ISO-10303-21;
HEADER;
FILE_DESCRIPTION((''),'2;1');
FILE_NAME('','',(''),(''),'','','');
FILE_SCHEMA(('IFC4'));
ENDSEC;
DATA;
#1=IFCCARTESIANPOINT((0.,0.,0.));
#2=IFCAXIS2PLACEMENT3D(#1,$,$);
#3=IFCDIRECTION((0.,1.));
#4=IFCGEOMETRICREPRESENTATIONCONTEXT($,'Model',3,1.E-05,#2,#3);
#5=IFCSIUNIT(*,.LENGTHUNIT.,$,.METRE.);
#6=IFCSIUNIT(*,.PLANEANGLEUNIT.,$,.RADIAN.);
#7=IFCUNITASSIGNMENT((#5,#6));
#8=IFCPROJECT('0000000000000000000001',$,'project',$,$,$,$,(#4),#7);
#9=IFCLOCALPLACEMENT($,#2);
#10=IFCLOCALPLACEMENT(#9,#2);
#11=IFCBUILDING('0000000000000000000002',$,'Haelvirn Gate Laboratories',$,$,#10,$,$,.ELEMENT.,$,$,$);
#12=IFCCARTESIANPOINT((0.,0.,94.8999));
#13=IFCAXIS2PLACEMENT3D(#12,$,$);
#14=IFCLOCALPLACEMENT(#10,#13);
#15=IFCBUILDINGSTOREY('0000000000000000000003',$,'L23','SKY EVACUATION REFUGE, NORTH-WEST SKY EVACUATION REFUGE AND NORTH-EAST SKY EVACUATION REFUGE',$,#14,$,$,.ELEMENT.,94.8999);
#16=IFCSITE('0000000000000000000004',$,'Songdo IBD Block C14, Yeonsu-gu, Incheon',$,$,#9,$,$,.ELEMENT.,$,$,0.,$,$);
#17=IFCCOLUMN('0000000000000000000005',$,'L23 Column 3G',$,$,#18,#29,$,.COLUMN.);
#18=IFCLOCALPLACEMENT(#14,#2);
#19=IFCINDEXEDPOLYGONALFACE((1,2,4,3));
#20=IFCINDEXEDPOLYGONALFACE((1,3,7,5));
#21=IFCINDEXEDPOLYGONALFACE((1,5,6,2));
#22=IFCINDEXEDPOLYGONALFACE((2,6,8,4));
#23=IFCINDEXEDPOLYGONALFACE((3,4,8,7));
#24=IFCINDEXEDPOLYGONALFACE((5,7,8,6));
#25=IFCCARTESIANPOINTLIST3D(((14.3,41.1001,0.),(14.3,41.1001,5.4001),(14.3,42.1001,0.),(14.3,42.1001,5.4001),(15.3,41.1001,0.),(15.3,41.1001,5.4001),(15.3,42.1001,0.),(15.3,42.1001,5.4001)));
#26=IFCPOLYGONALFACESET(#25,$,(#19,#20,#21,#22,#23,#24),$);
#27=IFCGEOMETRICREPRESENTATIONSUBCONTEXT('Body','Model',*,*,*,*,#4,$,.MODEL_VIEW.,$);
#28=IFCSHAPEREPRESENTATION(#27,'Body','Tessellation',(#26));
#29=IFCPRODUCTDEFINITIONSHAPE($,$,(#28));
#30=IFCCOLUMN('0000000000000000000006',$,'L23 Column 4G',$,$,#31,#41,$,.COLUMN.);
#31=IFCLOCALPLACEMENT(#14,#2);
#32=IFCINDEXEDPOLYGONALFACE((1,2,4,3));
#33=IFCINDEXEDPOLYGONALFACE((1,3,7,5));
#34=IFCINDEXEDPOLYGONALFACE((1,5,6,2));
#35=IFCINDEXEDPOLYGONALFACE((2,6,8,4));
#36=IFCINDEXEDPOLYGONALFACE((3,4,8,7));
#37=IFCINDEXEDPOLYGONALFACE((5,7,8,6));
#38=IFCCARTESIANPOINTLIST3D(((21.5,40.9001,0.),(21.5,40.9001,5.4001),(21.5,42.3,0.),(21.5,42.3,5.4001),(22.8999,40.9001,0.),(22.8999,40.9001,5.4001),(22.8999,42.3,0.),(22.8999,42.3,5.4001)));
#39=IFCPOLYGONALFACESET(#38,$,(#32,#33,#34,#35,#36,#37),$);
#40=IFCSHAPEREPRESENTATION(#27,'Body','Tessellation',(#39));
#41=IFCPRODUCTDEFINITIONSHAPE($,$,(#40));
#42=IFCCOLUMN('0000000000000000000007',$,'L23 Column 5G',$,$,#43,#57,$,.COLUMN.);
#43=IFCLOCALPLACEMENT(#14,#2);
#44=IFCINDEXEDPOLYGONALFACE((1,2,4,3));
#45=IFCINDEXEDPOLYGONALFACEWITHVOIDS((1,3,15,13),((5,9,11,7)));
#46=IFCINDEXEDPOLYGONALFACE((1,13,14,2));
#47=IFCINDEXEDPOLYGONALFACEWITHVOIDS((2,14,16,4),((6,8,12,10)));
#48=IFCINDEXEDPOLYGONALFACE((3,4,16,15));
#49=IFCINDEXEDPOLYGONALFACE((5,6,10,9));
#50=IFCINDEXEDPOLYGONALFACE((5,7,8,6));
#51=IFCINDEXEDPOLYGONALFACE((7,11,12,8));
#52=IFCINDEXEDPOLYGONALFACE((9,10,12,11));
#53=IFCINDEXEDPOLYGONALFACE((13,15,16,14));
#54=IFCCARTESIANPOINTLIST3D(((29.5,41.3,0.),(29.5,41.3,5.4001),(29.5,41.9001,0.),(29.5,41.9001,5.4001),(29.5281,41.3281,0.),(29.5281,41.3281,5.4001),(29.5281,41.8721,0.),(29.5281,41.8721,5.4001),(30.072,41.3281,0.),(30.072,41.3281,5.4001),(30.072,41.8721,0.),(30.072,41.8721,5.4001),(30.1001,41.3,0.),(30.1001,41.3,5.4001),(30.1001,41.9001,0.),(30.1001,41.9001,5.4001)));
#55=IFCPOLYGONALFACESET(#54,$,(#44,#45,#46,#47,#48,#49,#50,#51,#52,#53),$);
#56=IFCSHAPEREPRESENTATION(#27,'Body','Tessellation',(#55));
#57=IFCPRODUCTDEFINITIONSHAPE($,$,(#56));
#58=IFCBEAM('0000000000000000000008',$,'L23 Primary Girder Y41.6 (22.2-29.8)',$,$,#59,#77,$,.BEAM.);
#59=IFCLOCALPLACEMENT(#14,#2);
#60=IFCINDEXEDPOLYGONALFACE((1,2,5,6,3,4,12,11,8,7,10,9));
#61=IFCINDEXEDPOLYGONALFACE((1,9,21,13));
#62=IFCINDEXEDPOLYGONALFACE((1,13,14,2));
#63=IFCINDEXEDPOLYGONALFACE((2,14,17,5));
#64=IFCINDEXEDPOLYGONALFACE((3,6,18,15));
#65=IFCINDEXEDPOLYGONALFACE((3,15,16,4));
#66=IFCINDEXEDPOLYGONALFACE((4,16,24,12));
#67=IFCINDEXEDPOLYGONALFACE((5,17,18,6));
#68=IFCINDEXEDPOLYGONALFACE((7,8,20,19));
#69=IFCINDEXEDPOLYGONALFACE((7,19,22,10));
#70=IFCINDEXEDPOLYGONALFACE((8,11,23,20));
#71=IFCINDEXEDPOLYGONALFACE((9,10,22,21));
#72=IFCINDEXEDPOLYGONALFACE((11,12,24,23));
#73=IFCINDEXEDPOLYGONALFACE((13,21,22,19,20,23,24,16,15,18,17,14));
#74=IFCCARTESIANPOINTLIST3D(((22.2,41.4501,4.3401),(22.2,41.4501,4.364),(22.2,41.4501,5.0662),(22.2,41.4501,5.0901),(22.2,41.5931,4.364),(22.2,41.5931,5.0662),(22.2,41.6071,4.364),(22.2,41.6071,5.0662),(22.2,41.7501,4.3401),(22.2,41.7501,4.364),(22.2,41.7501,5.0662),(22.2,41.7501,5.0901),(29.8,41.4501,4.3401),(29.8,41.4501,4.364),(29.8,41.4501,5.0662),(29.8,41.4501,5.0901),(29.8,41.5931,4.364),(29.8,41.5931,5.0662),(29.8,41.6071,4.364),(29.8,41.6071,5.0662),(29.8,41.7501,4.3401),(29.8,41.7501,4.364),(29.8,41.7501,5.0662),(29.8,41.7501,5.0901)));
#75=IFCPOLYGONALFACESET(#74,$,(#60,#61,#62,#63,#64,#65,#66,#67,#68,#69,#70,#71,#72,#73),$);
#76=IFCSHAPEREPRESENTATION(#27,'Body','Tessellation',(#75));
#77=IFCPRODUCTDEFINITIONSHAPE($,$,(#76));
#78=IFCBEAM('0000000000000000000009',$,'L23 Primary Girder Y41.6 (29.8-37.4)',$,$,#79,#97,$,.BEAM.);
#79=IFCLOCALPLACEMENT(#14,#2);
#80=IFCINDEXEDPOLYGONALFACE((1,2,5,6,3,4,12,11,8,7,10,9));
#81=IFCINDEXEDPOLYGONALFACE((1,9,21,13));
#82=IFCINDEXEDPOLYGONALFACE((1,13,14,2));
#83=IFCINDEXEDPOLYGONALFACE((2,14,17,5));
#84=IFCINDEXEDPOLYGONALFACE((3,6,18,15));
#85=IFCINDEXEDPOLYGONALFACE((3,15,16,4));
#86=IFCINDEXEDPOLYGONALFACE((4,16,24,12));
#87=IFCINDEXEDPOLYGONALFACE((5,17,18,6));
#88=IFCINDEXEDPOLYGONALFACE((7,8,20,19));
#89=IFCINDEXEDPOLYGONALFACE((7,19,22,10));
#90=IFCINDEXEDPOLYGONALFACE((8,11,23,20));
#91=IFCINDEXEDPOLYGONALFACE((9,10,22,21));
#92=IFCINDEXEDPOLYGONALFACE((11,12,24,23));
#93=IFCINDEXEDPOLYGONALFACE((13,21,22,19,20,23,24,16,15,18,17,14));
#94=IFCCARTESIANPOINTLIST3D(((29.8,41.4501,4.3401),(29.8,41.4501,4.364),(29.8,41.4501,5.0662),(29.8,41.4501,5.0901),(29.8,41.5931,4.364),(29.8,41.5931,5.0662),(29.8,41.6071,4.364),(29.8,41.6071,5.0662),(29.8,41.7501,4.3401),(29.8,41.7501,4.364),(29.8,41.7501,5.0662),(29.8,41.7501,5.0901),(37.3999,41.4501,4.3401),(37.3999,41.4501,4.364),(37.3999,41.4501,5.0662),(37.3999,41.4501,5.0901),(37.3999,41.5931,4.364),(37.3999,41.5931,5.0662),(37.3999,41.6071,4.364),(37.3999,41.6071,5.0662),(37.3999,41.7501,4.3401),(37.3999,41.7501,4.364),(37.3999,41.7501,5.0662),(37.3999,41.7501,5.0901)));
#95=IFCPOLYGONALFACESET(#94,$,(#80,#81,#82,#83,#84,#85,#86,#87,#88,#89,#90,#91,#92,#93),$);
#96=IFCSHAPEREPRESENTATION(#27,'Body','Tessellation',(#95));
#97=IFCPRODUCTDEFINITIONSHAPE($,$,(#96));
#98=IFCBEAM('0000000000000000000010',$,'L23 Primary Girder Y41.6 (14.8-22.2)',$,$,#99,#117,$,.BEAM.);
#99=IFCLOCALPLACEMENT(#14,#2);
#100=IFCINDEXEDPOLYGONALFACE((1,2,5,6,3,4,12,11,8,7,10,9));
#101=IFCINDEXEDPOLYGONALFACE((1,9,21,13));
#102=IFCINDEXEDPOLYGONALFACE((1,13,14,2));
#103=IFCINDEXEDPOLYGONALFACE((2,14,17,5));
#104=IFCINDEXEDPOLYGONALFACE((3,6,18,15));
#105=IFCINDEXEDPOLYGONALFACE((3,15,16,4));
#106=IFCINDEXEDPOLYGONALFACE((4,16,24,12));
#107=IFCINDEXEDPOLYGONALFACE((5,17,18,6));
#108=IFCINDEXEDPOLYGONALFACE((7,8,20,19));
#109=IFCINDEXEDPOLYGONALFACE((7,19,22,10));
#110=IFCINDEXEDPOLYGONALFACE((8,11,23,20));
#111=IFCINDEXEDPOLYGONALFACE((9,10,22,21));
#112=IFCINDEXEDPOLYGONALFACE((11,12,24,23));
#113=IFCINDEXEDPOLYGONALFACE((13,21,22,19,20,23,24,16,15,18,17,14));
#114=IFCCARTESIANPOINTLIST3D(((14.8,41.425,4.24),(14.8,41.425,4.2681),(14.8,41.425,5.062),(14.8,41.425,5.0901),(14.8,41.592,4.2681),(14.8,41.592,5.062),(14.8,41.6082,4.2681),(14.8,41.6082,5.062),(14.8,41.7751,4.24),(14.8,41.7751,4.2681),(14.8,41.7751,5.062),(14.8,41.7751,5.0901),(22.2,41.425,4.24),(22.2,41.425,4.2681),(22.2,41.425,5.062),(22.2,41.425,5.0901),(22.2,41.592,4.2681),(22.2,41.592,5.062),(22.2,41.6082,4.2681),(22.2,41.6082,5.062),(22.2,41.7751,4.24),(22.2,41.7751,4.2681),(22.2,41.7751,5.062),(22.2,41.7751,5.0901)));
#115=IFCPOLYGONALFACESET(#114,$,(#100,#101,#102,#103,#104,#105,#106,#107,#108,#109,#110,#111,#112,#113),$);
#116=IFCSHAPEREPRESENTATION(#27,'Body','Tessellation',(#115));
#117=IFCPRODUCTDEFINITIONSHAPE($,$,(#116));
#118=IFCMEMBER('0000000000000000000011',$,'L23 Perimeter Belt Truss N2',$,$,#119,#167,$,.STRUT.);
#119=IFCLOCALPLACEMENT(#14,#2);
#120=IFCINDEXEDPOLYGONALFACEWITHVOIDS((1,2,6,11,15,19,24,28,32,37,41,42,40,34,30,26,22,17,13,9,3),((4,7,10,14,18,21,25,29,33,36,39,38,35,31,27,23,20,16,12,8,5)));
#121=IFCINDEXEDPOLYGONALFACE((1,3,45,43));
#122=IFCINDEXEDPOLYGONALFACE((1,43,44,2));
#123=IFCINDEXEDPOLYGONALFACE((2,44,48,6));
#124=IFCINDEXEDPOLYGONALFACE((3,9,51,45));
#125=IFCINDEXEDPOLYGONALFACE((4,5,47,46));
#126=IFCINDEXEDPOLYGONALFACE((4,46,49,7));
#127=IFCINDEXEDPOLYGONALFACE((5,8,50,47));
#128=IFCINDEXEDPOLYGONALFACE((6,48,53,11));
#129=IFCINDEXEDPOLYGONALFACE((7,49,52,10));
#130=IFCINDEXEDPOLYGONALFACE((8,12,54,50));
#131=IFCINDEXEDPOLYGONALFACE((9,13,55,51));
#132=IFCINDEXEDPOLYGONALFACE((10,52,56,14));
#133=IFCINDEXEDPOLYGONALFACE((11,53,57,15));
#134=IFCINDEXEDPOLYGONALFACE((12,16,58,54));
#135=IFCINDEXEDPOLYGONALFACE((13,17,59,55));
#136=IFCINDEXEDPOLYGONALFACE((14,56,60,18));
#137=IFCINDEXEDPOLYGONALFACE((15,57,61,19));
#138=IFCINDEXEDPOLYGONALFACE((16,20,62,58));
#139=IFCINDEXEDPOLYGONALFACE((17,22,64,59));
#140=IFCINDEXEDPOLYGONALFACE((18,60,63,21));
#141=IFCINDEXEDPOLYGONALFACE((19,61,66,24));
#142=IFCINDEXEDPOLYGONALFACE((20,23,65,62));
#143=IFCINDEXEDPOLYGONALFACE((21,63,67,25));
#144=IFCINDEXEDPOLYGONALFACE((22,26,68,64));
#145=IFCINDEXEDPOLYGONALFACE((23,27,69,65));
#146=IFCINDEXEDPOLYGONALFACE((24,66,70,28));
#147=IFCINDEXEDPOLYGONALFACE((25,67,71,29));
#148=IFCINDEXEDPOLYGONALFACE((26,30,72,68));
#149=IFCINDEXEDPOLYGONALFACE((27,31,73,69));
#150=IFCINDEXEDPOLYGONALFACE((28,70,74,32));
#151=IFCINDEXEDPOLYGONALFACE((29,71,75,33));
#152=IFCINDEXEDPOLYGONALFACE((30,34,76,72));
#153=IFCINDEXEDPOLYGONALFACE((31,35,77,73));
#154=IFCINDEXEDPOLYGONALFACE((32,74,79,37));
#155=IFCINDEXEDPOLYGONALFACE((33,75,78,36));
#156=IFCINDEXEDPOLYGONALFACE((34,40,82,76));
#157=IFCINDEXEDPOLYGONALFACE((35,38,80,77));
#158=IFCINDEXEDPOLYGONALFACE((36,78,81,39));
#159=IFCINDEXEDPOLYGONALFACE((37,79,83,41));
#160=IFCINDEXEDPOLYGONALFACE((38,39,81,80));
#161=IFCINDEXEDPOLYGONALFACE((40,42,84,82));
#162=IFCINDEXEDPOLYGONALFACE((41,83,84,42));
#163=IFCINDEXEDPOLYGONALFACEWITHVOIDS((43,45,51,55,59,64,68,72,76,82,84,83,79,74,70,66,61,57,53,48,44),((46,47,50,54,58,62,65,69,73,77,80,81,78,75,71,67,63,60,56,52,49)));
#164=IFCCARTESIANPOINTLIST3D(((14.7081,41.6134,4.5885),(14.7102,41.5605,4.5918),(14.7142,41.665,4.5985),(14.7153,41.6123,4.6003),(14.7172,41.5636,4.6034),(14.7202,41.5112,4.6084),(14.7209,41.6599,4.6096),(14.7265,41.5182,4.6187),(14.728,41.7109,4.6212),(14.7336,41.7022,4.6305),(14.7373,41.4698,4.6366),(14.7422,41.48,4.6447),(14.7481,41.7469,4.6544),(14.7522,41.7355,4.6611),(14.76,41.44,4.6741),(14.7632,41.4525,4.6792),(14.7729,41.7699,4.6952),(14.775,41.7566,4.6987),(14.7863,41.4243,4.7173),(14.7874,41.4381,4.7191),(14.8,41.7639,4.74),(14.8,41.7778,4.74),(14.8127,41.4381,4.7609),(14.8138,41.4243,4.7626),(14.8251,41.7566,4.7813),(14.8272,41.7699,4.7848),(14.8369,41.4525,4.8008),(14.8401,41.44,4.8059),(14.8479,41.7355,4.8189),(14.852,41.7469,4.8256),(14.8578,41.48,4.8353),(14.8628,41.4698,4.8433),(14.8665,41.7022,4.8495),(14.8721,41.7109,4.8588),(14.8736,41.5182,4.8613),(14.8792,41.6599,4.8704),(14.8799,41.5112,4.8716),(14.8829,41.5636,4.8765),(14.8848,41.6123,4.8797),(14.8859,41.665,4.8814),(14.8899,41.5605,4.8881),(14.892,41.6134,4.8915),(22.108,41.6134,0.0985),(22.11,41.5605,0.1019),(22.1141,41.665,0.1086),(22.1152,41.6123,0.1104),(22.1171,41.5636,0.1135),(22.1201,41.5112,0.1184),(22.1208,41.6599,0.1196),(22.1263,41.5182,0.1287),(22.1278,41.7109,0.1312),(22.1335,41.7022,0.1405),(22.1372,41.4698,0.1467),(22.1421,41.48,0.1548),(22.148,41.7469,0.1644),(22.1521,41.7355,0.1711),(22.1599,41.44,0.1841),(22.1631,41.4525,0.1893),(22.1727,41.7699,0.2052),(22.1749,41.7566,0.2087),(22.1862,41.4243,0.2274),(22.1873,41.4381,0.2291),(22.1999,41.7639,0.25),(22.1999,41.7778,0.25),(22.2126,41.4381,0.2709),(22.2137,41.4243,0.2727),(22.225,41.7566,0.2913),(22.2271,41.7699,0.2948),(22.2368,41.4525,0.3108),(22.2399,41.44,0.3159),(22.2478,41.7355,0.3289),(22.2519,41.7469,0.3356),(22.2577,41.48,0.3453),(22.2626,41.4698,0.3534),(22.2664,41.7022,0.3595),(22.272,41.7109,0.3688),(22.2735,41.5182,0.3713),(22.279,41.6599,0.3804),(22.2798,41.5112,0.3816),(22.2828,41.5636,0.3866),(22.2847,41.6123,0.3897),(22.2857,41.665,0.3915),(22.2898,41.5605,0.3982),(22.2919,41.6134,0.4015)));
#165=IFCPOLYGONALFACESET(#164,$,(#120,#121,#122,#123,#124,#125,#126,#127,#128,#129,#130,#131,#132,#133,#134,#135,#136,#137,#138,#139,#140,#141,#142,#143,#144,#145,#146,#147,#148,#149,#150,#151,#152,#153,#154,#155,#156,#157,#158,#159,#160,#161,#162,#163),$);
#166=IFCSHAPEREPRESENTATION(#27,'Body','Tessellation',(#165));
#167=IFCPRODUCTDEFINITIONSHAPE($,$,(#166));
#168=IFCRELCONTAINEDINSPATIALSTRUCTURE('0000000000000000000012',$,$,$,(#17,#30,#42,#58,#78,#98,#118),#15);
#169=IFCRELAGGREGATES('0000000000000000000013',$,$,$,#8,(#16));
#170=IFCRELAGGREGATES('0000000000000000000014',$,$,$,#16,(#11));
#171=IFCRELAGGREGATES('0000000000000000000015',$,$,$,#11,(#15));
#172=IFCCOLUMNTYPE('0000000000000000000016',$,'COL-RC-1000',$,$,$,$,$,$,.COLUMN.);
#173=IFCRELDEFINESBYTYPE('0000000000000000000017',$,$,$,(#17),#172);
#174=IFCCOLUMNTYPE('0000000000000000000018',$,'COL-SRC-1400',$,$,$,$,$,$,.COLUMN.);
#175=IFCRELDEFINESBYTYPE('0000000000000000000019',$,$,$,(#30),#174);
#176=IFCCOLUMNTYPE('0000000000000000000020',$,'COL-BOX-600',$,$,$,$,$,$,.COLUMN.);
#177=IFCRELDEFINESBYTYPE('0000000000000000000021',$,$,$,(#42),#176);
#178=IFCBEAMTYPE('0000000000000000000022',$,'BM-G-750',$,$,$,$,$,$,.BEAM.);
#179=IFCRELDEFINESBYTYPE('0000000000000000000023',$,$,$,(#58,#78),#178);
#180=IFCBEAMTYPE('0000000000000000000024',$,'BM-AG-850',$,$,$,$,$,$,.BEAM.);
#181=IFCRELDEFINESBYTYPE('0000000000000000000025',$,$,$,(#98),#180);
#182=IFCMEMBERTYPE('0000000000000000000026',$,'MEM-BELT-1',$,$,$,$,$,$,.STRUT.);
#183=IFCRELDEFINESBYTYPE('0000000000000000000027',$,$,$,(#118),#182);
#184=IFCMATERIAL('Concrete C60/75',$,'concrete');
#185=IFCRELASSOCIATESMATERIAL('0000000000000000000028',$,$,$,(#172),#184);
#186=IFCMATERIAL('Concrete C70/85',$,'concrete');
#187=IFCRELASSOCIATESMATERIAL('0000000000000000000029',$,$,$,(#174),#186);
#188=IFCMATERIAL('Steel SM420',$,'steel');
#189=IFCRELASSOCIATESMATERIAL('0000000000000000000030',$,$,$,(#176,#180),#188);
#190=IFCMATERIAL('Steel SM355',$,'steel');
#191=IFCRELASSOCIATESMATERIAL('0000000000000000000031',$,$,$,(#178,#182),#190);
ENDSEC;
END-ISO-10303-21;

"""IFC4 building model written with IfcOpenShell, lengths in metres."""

from ifc_helpers import new_model, si_unit, direction, frame, origin, origin_2d, place, context, subcontext, project, spatial, rectangle, hollow_rectangle, hollow_circle, i_section, extrude, source, transform, mapped, material, material_profile, profile_set, type_object, type_shapes, element, save


model = new_model("IFC4")

# Units and contexts
model_context = context("Model", 3, precision=1e-05, world=origin(), true_north=direction((0.0, 1.0)))
body_context = subcontext(model_context, "Body", "Model", "MODEL_VIEW")
ifc_project = project(units=[si_unit("LENGTHUNIT", "METRE"), si_unit("PLANEANGLEUNIT", "RADIAN")], contexts=[model_context])

# Site, building, storey
site_placement = place(None, origin())
site = spatial("IfcSite", under=ifc_project, at=site_placement, Name="Songdo IBD Block C14, Yeonsu-gu, Incheon", CompositionType="ELEMENT", RefElevation=0.0)
building_placement = place(site_placement, origin())
building = spatial("IfcBuilding", under=site, at=building_placement, Name="Haelvirn Gate Laboratories", CompositionType="ELEMENT")
storey_placement = place(building_placement, frame((0.0, 0.0, 94.8999)))
storey = spatial("IfcBuildingStorey", under=building, at=storey_placement, Name="L23", Description="SKY EVACUATION REFUGE, NORTH-WEST SKY EVACUATION REFUGE AND NORTH-EAST SKY EVACUATION REFUGE", CompositionType="ELEMENT", Elevation=94.8999)

# Columns
ifc_material_1 = material(Name="Concrete C60/75", Category="concrete")
ifc_material_profile_1 = material_profile(ifc_material_1, rectangle(XDim=1.0, YDim=1.0, at=origin_2d()), Name="RC-1000x1000")
ifc_profile_set_1 = profile_set([ifc_material_profile_1], Name="Concrete C60/75")
column_type_1 = type_object("IfcColumnType", Name="COL-RC-1000", PredefinedType="COLUMN", material=ifc_profile_set_1)
shared_shape_1 = source(origin(), body_context, "Body", "SweptSolid", [
    extrude(rectangle(XDim=1.0, YDim=1.0, at=origin_2d()), origin(), (0.0, 0.0, 1.0), 5.4001),
])
type_shapes(column_type_1, [shared_shape_1])
column_1_placement = place(storey_placement, frame((14.8, 41.6001, 0.0), z_axis=(0.0, 0.0, 1.0), x_axis=(1.0, 0.0, 0.0)))
element("IfcColumn", 1, at=column_1_placement, inside=storey, type_object=column_type_1, Name="L23 Column 3G", PredefinedType="COLUMN", context=body_context, shape_type="MappedRepresentation", body=[
    mapped(shared_shape_1, transform((0.0, 0.0, 0.0), scale=1.0)),
])
ifc_material_2 = material(Name="Concrete C70/85", Category="concrete")
ifc_material_profile_2 = material_profile(ifc_material_2, rectangle(XDim=1.3999, YDim=1.3999, at=origin_2d()), Name="SRC-1400x1400")
ifc_profile_set_2 = profile_set([ifc_material_profile_2], Name="Concrete C70/85")
column_type_2 = type_object("IfcColumnType", Name="COL-SRC-1400", PredefinedType="COLUMN", material=ifc_profile_set_2)
shared_shape_2 = source(origin(), body_context, "Body", "SweptSolid", [
    extrude(rectangle(XDim=1.3999, YDim=1.3999, at=origin_2d()), origin(), (0.0, 0.0, 1.0), 5.4001),
])
type_shapes(column_type_2, [shared_shape_2])
column_2_placement = place(storey_placement, frame((22.2, 41.6001, 0.0), z_axis=(0.0, 0.0, 1.0), x_axis=(1.0, 0.0, 0.0)))
element("IfcColumn", 2, at=column_2_placement, inside=storey, type_object=column_type_2, Name="L23 Column 4G", PredefinedType="COLUMN", context=body_context, shape_type="MappedRepresentation", body=[
    mapped(shared_shape_2, transform((0.0, 0.0, 0.0), scale=1.0)),
])
ifc_material_3 = material(Name="Steel SM420", Category="steel")
ifc_material_profile_3 = material_profile(ifc_material_3, hollow_rectangle(XDim=0.6001, YDim=0.6001, WallThickness=0.0281, at=origin_2d()), Name="BOX-600x600x28")
ifc_profile_set_3 = profile_set([ifc_material_profile_3], Name="Steel SM420")
column_type_3 = type_object("IfcColumnType", Name="COL-BOX-600", PredefinedType="COLUMN", material=ifc_profile_set_3)
shared_shape_3 = source(origin(), body_context, "Body", "SweptSolid", [
    extrude(hollow_rectangle(XDim=0.6001, YDim=0.6001, WallThickness=0.0281, at=origin_2d()), origin(), (0.0, 0.0, 1.0), 5.4001),
])
type_shapes(column_type_3, [shared_shape_3])
column_3_placement = place(storey_placement, frame((29.8, 41.6001, 0.0), z_axis=(0.0, 0.0, 1.0), x_axis=(1.0, 0.0, 0.0)))
element("IfcColumn", 3, at=column_3_placement, inside=storey, type_object=column_type_3, Name="L23 Column 5G", PredefinedType="COLUMN", context=body_context, shape_type="MappedRepresentation", body=[
    mapped(shared_shape_3, transform((0.0, 0.0, 0.0), scale=1.0)),
])

# Beams
ifc_material_4 = material(Name="Steel SM355", Category="steel")
ifc_material_profile_4 = material_profile(ifc_material_4, i_section(OverallWidth=0.3, OverallDepth=0.75, WebThickness=0.0139, FlangeThickness=0.0239, at=origin_2d()), Name="H-750x300x14x24")
ifc_profile_set_4 = profile_set([ifc_material_profile_4], Name="Steel SM355")
beam_type_1 = type_object("IfcBeamType", Name="BM-G-750", PredefinedType="BEAM", material=ifc_profile_set_4)
shared_shape_4 = source(origin(), body_context, "Body", "SweptSolid", [
    extrude(i_section(OverallWidth=0.3, OverallDepth=0.75, WebThickness=0.0139, FlangeThickness=0.0239, at=origin_2d()), origin(), (0.0, 0.0, 1.0), 7.6001),
])
beam_1_placement = place(storey_placement, frame((22.2, 41.6001, 4.7151), z_axis=(1.0, 0.0, 0.0), x_axis=(0.0, 1.0, 0.0)))
element("IfcBeam", 4, at=beam_1_placement, inside=storey, type_object=beam_type_1, Name="L23 Primary Girder Y41.6 (22.2-29.8)", PredefinedType="BEAM", context=body_context, shape_type="MappedRepresentation", body=[
    mapped(shared_shape_4, transform((0.0, 0.0, 0.0), scale=1.0)),
])
shared_shape_5 = source(origin(), body_context, "Body", "SweptSolid", [
    extrude(i_section(OverallWidth=0.3, OverallDepth=0.75, WebThickness=0.0139, FlangeThickness=0.0239, at=origin_2d()), origin(), (0.0, 0.0, 1.0), 7.5999),
])
type_shapes(beam_type_1, [shared_shape_4, shared_shape_5])
beam_2_placement = place(storey_placement, frame((29.8, 41.6001, 4.7151), z_axis=(1.0, 0.0, 0.0), x_axis=(0.0, 1.0, 0.0)))
element("IfcBeam", 5, at=beam_2_placement, inside=storey, type_object=beam_type_1, Name="L23 Primary Girder Y41.6 (29.8-37.4)", PredefinedType="BEAM", context=body_context, shape_type="MappedRepresentation", body=[
    mapped(shared_shape_5, transform((0.0, 0.0, 0.0), scale=1.0)),
])
ifc_material_profile_5 = material_profile(ifc_material_3, i_section(OverallWidth=0.3501, OverallDepth=0.8501, WebThickness=0.0161, FlangeThickness=0.0281, at=origin_2d()), Name="H-850x350x16x28")
ifc_profile_set_5 = profile_set([ifc_material_profile_5], Name="Steel SM420")
beam_type_2 = type_object("IfcBeamType", Name="BM-AG-850", PredefinedType="BEAM", material=ifc_profile_set_5)
shared_shape_6 = source(origin(), body_context, "Body", "SweptSolid", [
    extrude(i_section(OverallWidth=0.3501, OverallDepth=0.8501, WebThickness=0.0161, FlangeThickness=0.0281, at=origin_2d()), origin(), (0.0, 0.0, 1.0), 7.3999),
])
type_shapes(beam_type_2, [shared_shape_6])
beam_3_placement = place(storey_placement, frame((14.8, 41.6001, 4.665), z_axis=(1.0, 0.0, 0.0), x_axis=(0.0, 1.0, 0.0)))
element("IfcBeam", 6, at=beam_3_placement, inside=storey, type_object=beam_type_2, Name="L23 Primary Girder Y41.6 (14.8-22.2)", PredefinedType="BEAM", context=body_context, shape_type="MappedRepresentation", body=[
    mapped(shared_shape_6, transform((0.0, 0.0, 0.0), scale=1.0)),
])

# Member
ifc_material_profile_6 = material_profile(ifc_material_4, hollow_circle(Radius=0.1777, WallThickness=0.0139, at=origin_2d()), Name="CHS-355x14")
ifc_profile_set_6 = profile_set([ifc_material_profile_6], Name="Steel SM355")
member_type_1 = type_object("IfcMemberType", Name="MEM-BELT-1", PredefinedType="STRUT", material=ifc_profile_set_6)
shared_shape_7 = source(origin(), body_context, "Body", "SweptSolid", [
    extrude(hollow_circle(Radius=0.1777, WallThickness=0.0139, at=origin_2d()), origin(), (0.0, 0.0, 1.0), 8.6555),
])
member_1_placement = place(storey_placement, frame((14.8, 41.6001, 4.74), z_axis=(0.854931, 0.0, -0.518741), x_axis=(0.0, 1.0, 0.0)))
element("IfcMember", 7, at=member_1_placement, inside=storey, type_object=member_type_1, Name="L23 Perimeter Belt Truss N2", PredefinedType="STRUT", context=body_context, shape_type="MappedRepresentation", body=[
    mapped(shared_shape_7, transform((0.0, 0.0, 0.0), scale=1.0)),
])

save(model, "model.ifc")
